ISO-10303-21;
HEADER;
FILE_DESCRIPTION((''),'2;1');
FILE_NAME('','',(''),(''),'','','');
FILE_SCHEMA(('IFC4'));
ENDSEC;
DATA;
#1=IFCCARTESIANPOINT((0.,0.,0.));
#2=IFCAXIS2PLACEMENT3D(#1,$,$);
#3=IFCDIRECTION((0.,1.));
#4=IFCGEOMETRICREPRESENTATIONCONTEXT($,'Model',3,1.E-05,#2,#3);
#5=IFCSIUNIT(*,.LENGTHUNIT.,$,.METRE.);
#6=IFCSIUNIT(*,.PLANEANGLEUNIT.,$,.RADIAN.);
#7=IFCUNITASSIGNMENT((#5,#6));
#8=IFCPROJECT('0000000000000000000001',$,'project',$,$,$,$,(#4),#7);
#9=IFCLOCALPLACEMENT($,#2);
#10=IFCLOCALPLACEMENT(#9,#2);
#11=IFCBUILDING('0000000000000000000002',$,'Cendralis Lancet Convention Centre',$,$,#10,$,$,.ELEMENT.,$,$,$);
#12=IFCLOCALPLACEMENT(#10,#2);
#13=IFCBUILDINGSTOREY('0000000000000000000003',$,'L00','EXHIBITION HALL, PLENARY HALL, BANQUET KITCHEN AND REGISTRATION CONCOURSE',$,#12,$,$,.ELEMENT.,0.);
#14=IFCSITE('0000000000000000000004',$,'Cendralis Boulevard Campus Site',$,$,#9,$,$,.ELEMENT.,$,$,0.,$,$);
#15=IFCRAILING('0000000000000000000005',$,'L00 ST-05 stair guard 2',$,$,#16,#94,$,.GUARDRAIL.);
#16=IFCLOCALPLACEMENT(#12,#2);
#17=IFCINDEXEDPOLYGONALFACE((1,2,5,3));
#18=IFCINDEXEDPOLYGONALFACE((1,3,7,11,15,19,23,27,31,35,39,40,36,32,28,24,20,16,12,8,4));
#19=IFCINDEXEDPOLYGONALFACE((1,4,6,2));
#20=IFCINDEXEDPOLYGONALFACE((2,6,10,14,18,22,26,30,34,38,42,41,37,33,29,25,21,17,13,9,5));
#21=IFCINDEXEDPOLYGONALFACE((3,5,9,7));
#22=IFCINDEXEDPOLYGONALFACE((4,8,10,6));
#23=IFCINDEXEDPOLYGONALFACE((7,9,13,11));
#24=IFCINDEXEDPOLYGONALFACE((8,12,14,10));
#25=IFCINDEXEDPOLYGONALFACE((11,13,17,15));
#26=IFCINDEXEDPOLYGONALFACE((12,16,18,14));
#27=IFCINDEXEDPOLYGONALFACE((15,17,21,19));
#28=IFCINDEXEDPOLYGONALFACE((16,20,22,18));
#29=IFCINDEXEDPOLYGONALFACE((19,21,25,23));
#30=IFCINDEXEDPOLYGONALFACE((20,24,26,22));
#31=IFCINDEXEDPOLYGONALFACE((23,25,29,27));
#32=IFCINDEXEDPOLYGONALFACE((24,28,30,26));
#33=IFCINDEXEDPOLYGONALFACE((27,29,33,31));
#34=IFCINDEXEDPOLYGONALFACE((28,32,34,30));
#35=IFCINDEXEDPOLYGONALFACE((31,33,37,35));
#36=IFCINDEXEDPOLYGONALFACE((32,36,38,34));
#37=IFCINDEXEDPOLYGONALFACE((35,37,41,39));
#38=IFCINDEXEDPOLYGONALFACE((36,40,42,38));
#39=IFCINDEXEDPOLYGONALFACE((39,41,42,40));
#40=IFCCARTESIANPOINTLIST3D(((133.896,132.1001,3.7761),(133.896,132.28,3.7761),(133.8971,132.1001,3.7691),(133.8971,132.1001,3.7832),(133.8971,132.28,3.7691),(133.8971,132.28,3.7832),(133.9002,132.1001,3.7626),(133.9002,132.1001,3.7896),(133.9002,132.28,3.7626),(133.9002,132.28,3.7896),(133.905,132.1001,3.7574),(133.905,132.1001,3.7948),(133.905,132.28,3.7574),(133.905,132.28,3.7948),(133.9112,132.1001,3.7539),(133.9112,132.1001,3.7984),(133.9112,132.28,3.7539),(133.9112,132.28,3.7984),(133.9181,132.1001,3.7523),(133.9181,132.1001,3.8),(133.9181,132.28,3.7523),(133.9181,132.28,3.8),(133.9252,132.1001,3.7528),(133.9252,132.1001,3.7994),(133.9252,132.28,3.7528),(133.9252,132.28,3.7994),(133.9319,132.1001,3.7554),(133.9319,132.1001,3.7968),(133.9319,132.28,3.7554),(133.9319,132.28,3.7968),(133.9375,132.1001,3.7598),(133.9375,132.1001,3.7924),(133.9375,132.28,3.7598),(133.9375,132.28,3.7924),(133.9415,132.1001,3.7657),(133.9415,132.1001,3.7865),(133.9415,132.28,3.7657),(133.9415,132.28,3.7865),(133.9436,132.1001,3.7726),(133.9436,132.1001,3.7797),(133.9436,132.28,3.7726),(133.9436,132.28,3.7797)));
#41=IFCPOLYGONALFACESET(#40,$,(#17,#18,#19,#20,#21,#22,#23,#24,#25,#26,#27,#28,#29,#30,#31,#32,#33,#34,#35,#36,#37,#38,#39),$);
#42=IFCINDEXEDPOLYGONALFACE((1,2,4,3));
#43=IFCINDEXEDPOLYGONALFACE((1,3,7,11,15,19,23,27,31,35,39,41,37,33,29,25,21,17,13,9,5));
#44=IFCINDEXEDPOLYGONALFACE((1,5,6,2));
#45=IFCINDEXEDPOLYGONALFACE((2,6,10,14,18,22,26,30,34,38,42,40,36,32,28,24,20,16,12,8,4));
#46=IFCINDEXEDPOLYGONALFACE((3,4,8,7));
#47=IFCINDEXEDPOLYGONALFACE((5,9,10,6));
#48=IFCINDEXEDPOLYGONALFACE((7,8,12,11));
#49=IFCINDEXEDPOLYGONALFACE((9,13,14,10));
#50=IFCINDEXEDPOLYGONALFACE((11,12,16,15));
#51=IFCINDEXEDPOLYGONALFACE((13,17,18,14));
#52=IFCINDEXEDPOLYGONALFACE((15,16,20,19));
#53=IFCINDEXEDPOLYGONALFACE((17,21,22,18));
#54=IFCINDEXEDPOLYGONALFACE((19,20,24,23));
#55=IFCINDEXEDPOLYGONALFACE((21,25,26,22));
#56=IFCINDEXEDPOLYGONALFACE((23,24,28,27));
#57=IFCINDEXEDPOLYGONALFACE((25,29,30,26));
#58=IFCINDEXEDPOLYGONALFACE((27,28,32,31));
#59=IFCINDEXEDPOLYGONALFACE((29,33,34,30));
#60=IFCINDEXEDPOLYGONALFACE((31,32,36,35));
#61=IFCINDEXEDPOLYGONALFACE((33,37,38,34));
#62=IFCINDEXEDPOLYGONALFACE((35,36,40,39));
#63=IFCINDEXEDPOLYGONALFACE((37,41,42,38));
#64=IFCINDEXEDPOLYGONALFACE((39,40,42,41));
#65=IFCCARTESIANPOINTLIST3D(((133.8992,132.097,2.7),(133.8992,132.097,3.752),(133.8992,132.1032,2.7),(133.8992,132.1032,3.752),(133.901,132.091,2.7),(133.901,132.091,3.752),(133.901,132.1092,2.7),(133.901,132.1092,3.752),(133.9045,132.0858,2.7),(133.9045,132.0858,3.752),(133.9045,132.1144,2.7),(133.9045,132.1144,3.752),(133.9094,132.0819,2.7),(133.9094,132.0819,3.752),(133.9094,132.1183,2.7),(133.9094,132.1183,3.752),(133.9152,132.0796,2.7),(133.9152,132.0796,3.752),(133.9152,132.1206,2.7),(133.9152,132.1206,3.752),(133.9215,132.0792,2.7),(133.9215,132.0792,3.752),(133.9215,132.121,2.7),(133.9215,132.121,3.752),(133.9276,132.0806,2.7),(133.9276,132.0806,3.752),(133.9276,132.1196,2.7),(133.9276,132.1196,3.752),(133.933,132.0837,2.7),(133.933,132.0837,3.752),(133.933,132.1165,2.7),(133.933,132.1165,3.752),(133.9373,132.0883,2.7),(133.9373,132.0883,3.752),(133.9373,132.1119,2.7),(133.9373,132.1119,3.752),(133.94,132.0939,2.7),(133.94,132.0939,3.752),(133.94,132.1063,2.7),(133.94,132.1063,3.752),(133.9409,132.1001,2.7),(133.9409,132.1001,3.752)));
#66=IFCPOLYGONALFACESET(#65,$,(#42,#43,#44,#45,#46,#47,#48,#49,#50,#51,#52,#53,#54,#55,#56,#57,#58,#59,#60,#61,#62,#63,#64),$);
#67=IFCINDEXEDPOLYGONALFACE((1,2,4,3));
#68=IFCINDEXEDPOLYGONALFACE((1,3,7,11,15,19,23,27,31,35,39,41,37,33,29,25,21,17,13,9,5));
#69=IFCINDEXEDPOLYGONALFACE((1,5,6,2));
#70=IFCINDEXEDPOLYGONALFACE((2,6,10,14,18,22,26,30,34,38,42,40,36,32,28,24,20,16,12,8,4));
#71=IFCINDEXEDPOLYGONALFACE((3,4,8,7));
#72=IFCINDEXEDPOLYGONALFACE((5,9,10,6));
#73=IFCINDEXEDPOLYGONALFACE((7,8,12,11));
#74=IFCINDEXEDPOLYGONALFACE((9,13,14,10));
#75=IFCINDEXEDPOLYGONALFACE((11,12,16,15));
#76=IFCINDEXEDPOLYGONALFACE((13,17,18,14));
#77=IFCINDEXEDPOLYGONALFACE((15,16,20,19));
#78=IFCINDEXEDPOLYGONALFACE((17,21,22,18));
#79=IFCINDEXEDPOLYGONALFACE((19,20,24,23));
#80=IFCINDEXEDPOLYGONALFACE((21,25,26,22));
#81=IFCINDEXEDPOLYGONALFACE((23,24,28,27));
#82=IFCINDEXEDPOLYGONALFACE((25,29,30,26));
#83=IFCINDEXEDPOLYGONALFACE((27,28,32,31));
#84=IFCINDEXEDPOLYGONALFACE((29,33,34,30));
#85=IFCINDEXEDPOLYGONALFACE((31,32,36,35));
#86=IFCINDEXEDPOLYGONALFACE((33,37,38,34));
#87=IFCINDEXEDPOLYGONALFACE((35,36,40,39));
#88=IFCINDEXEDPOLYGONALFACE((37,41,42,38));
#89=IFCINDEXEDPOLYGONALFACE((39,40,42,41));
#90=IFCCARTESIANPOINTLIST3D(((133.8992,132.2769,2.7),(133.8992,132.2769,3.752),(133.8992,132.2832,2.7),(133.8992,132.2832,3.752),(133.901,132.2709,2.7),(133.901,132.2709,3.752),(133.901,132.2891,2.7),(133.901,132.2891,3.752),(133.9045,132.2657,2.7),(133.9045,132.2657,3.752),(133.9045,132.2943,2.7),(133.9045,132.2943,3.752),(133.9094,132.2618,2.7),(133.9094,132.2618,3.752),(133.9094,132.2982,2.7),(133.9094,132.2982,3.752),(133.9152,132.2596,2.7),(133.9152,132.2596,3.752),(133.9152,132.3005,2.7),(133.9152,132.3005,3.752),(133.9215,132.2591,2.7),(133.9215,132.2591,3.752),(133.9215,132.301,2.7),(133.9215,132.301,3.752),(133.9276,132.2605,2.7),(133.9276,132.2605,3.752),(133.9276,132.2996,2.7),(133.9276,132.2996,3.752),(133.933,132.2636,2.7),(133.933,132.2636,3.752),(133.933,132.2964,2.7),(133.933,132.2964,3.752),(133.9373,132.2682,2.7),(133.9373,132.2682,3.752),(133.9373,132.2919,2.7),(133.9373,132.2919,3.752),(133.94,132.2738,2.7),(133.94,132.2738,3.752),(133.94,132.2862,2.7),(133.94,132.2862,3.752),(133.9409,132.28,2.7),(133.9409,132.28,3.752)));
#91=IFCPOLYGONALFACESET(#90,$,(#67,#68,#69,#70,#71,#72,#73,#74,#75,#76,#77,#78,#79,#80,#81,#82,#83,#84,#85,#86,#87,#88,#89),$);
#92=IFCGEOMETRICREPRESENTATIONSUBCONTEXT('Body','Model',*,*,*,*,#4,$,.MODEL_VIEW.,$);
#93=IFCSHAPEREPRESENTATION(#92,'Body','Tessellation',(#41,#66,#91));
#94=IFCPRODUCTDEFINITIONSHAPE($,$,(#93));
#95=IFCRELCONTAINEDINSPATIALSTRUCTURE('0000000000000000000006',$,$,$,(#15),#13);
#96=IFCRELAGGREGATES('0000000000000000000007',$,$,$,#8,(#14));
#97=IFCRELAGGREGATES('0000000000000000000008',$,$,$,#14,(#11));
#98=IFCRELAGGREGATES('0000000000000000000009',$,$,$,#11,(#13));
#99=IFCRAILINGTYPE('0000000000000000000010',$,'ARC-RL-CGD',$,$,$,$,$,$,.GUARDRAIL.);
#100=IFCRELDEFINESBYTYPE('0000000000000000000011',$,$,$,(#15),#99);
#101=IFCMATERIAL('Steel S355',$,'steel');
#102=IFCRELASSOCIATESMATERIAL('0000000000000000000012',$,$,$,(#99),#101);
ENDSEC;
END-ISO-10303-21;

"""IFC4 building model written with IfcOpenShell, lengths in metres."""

from ifc_helpers import new_model, si_unit, direction, frame, origin, origin_2d, place, context, subcontext, project, spatial, circle, extrude, material, type_object, element, save


model = new_model("IFC4")

# Units and contexts
model_context = context("Model", 3, precision=1e-05, world=origin(), true_north=direction((0.0, 1.0)))
body_context = subcontext(model_context, "Body", "Model", "MODEL_VIEW")
ifc_project = project(units=[si_unit("LENGTHUNIT", "METRE"), si_unit("PLANEANGLEUNIT", "RADIAN")], contexts=[model_context])

# Site, building, storey
site_placement = place(None, origin())
site = spatial("IfcSite", under=ifc_project, at=site_placement, Name="Cendralis Boulevard Campus Site", CompositionType="ELEMENT", RefElevation=0.0)
building_placement = place(site_placement, origin())
building = spatial("IfcBuilding", under=site, at=building_placement, Name="Cendralis Lancet Convention Centre", CompositionType="ELEMENT")
storey_placement = place(building_placement, origin())
storey = spatial("IfcBuildingStorey", under=building, at=storey_placement, Name="L00", Description="EXHIBITION HALL, PLENARY HALL, BANQUET KITCHEN AND REGISTRATION CONCOURSE", CompositionType="ELEMENT", Elevation=0.0)

# Shared definitions
ifc_material_1 = material(Name="Steel S355", Category="steel")

# Railing
railing_type_1 = type_object("IfcRailingType", Name="ARC-RL-CGD", PredefinedType="GUARDRAIL", material=ifc_material_1)
railing_1_placement = place(storey_placement, frame((133.9199, 132.1001, 2.7)))
element("IfcRailing", 1, at=railing_1_placement, inside=storey, type_object=railing_type_1, Name="L00 ST-05 stair guard 2", PredefinedType="GUARDRAIL", context=body_context, shape_type="SweptSolid", body=[
    extrude(circle(Radius=0.0239, at=origin_2d()), frame((0.0, 0.0, 1.0762), z_axis=(0.0, 1.0, 0.0), x_axis=(-1.0, 0.0, 0.0)), (0.0, 0.0, 1.0), 0.1799),
    extrude(circle(Radius=0.021, at=origin_2d()), origin(), (0.0, 0.0, 1.0), 1.052),
    extrude(circle(Radius=0.021, at=origin_2d()), frame((0.0, 0.1799, 0.0)), (0.0, 0.0, 1.0), 1.052),
])

save(model, "model.ifc")
